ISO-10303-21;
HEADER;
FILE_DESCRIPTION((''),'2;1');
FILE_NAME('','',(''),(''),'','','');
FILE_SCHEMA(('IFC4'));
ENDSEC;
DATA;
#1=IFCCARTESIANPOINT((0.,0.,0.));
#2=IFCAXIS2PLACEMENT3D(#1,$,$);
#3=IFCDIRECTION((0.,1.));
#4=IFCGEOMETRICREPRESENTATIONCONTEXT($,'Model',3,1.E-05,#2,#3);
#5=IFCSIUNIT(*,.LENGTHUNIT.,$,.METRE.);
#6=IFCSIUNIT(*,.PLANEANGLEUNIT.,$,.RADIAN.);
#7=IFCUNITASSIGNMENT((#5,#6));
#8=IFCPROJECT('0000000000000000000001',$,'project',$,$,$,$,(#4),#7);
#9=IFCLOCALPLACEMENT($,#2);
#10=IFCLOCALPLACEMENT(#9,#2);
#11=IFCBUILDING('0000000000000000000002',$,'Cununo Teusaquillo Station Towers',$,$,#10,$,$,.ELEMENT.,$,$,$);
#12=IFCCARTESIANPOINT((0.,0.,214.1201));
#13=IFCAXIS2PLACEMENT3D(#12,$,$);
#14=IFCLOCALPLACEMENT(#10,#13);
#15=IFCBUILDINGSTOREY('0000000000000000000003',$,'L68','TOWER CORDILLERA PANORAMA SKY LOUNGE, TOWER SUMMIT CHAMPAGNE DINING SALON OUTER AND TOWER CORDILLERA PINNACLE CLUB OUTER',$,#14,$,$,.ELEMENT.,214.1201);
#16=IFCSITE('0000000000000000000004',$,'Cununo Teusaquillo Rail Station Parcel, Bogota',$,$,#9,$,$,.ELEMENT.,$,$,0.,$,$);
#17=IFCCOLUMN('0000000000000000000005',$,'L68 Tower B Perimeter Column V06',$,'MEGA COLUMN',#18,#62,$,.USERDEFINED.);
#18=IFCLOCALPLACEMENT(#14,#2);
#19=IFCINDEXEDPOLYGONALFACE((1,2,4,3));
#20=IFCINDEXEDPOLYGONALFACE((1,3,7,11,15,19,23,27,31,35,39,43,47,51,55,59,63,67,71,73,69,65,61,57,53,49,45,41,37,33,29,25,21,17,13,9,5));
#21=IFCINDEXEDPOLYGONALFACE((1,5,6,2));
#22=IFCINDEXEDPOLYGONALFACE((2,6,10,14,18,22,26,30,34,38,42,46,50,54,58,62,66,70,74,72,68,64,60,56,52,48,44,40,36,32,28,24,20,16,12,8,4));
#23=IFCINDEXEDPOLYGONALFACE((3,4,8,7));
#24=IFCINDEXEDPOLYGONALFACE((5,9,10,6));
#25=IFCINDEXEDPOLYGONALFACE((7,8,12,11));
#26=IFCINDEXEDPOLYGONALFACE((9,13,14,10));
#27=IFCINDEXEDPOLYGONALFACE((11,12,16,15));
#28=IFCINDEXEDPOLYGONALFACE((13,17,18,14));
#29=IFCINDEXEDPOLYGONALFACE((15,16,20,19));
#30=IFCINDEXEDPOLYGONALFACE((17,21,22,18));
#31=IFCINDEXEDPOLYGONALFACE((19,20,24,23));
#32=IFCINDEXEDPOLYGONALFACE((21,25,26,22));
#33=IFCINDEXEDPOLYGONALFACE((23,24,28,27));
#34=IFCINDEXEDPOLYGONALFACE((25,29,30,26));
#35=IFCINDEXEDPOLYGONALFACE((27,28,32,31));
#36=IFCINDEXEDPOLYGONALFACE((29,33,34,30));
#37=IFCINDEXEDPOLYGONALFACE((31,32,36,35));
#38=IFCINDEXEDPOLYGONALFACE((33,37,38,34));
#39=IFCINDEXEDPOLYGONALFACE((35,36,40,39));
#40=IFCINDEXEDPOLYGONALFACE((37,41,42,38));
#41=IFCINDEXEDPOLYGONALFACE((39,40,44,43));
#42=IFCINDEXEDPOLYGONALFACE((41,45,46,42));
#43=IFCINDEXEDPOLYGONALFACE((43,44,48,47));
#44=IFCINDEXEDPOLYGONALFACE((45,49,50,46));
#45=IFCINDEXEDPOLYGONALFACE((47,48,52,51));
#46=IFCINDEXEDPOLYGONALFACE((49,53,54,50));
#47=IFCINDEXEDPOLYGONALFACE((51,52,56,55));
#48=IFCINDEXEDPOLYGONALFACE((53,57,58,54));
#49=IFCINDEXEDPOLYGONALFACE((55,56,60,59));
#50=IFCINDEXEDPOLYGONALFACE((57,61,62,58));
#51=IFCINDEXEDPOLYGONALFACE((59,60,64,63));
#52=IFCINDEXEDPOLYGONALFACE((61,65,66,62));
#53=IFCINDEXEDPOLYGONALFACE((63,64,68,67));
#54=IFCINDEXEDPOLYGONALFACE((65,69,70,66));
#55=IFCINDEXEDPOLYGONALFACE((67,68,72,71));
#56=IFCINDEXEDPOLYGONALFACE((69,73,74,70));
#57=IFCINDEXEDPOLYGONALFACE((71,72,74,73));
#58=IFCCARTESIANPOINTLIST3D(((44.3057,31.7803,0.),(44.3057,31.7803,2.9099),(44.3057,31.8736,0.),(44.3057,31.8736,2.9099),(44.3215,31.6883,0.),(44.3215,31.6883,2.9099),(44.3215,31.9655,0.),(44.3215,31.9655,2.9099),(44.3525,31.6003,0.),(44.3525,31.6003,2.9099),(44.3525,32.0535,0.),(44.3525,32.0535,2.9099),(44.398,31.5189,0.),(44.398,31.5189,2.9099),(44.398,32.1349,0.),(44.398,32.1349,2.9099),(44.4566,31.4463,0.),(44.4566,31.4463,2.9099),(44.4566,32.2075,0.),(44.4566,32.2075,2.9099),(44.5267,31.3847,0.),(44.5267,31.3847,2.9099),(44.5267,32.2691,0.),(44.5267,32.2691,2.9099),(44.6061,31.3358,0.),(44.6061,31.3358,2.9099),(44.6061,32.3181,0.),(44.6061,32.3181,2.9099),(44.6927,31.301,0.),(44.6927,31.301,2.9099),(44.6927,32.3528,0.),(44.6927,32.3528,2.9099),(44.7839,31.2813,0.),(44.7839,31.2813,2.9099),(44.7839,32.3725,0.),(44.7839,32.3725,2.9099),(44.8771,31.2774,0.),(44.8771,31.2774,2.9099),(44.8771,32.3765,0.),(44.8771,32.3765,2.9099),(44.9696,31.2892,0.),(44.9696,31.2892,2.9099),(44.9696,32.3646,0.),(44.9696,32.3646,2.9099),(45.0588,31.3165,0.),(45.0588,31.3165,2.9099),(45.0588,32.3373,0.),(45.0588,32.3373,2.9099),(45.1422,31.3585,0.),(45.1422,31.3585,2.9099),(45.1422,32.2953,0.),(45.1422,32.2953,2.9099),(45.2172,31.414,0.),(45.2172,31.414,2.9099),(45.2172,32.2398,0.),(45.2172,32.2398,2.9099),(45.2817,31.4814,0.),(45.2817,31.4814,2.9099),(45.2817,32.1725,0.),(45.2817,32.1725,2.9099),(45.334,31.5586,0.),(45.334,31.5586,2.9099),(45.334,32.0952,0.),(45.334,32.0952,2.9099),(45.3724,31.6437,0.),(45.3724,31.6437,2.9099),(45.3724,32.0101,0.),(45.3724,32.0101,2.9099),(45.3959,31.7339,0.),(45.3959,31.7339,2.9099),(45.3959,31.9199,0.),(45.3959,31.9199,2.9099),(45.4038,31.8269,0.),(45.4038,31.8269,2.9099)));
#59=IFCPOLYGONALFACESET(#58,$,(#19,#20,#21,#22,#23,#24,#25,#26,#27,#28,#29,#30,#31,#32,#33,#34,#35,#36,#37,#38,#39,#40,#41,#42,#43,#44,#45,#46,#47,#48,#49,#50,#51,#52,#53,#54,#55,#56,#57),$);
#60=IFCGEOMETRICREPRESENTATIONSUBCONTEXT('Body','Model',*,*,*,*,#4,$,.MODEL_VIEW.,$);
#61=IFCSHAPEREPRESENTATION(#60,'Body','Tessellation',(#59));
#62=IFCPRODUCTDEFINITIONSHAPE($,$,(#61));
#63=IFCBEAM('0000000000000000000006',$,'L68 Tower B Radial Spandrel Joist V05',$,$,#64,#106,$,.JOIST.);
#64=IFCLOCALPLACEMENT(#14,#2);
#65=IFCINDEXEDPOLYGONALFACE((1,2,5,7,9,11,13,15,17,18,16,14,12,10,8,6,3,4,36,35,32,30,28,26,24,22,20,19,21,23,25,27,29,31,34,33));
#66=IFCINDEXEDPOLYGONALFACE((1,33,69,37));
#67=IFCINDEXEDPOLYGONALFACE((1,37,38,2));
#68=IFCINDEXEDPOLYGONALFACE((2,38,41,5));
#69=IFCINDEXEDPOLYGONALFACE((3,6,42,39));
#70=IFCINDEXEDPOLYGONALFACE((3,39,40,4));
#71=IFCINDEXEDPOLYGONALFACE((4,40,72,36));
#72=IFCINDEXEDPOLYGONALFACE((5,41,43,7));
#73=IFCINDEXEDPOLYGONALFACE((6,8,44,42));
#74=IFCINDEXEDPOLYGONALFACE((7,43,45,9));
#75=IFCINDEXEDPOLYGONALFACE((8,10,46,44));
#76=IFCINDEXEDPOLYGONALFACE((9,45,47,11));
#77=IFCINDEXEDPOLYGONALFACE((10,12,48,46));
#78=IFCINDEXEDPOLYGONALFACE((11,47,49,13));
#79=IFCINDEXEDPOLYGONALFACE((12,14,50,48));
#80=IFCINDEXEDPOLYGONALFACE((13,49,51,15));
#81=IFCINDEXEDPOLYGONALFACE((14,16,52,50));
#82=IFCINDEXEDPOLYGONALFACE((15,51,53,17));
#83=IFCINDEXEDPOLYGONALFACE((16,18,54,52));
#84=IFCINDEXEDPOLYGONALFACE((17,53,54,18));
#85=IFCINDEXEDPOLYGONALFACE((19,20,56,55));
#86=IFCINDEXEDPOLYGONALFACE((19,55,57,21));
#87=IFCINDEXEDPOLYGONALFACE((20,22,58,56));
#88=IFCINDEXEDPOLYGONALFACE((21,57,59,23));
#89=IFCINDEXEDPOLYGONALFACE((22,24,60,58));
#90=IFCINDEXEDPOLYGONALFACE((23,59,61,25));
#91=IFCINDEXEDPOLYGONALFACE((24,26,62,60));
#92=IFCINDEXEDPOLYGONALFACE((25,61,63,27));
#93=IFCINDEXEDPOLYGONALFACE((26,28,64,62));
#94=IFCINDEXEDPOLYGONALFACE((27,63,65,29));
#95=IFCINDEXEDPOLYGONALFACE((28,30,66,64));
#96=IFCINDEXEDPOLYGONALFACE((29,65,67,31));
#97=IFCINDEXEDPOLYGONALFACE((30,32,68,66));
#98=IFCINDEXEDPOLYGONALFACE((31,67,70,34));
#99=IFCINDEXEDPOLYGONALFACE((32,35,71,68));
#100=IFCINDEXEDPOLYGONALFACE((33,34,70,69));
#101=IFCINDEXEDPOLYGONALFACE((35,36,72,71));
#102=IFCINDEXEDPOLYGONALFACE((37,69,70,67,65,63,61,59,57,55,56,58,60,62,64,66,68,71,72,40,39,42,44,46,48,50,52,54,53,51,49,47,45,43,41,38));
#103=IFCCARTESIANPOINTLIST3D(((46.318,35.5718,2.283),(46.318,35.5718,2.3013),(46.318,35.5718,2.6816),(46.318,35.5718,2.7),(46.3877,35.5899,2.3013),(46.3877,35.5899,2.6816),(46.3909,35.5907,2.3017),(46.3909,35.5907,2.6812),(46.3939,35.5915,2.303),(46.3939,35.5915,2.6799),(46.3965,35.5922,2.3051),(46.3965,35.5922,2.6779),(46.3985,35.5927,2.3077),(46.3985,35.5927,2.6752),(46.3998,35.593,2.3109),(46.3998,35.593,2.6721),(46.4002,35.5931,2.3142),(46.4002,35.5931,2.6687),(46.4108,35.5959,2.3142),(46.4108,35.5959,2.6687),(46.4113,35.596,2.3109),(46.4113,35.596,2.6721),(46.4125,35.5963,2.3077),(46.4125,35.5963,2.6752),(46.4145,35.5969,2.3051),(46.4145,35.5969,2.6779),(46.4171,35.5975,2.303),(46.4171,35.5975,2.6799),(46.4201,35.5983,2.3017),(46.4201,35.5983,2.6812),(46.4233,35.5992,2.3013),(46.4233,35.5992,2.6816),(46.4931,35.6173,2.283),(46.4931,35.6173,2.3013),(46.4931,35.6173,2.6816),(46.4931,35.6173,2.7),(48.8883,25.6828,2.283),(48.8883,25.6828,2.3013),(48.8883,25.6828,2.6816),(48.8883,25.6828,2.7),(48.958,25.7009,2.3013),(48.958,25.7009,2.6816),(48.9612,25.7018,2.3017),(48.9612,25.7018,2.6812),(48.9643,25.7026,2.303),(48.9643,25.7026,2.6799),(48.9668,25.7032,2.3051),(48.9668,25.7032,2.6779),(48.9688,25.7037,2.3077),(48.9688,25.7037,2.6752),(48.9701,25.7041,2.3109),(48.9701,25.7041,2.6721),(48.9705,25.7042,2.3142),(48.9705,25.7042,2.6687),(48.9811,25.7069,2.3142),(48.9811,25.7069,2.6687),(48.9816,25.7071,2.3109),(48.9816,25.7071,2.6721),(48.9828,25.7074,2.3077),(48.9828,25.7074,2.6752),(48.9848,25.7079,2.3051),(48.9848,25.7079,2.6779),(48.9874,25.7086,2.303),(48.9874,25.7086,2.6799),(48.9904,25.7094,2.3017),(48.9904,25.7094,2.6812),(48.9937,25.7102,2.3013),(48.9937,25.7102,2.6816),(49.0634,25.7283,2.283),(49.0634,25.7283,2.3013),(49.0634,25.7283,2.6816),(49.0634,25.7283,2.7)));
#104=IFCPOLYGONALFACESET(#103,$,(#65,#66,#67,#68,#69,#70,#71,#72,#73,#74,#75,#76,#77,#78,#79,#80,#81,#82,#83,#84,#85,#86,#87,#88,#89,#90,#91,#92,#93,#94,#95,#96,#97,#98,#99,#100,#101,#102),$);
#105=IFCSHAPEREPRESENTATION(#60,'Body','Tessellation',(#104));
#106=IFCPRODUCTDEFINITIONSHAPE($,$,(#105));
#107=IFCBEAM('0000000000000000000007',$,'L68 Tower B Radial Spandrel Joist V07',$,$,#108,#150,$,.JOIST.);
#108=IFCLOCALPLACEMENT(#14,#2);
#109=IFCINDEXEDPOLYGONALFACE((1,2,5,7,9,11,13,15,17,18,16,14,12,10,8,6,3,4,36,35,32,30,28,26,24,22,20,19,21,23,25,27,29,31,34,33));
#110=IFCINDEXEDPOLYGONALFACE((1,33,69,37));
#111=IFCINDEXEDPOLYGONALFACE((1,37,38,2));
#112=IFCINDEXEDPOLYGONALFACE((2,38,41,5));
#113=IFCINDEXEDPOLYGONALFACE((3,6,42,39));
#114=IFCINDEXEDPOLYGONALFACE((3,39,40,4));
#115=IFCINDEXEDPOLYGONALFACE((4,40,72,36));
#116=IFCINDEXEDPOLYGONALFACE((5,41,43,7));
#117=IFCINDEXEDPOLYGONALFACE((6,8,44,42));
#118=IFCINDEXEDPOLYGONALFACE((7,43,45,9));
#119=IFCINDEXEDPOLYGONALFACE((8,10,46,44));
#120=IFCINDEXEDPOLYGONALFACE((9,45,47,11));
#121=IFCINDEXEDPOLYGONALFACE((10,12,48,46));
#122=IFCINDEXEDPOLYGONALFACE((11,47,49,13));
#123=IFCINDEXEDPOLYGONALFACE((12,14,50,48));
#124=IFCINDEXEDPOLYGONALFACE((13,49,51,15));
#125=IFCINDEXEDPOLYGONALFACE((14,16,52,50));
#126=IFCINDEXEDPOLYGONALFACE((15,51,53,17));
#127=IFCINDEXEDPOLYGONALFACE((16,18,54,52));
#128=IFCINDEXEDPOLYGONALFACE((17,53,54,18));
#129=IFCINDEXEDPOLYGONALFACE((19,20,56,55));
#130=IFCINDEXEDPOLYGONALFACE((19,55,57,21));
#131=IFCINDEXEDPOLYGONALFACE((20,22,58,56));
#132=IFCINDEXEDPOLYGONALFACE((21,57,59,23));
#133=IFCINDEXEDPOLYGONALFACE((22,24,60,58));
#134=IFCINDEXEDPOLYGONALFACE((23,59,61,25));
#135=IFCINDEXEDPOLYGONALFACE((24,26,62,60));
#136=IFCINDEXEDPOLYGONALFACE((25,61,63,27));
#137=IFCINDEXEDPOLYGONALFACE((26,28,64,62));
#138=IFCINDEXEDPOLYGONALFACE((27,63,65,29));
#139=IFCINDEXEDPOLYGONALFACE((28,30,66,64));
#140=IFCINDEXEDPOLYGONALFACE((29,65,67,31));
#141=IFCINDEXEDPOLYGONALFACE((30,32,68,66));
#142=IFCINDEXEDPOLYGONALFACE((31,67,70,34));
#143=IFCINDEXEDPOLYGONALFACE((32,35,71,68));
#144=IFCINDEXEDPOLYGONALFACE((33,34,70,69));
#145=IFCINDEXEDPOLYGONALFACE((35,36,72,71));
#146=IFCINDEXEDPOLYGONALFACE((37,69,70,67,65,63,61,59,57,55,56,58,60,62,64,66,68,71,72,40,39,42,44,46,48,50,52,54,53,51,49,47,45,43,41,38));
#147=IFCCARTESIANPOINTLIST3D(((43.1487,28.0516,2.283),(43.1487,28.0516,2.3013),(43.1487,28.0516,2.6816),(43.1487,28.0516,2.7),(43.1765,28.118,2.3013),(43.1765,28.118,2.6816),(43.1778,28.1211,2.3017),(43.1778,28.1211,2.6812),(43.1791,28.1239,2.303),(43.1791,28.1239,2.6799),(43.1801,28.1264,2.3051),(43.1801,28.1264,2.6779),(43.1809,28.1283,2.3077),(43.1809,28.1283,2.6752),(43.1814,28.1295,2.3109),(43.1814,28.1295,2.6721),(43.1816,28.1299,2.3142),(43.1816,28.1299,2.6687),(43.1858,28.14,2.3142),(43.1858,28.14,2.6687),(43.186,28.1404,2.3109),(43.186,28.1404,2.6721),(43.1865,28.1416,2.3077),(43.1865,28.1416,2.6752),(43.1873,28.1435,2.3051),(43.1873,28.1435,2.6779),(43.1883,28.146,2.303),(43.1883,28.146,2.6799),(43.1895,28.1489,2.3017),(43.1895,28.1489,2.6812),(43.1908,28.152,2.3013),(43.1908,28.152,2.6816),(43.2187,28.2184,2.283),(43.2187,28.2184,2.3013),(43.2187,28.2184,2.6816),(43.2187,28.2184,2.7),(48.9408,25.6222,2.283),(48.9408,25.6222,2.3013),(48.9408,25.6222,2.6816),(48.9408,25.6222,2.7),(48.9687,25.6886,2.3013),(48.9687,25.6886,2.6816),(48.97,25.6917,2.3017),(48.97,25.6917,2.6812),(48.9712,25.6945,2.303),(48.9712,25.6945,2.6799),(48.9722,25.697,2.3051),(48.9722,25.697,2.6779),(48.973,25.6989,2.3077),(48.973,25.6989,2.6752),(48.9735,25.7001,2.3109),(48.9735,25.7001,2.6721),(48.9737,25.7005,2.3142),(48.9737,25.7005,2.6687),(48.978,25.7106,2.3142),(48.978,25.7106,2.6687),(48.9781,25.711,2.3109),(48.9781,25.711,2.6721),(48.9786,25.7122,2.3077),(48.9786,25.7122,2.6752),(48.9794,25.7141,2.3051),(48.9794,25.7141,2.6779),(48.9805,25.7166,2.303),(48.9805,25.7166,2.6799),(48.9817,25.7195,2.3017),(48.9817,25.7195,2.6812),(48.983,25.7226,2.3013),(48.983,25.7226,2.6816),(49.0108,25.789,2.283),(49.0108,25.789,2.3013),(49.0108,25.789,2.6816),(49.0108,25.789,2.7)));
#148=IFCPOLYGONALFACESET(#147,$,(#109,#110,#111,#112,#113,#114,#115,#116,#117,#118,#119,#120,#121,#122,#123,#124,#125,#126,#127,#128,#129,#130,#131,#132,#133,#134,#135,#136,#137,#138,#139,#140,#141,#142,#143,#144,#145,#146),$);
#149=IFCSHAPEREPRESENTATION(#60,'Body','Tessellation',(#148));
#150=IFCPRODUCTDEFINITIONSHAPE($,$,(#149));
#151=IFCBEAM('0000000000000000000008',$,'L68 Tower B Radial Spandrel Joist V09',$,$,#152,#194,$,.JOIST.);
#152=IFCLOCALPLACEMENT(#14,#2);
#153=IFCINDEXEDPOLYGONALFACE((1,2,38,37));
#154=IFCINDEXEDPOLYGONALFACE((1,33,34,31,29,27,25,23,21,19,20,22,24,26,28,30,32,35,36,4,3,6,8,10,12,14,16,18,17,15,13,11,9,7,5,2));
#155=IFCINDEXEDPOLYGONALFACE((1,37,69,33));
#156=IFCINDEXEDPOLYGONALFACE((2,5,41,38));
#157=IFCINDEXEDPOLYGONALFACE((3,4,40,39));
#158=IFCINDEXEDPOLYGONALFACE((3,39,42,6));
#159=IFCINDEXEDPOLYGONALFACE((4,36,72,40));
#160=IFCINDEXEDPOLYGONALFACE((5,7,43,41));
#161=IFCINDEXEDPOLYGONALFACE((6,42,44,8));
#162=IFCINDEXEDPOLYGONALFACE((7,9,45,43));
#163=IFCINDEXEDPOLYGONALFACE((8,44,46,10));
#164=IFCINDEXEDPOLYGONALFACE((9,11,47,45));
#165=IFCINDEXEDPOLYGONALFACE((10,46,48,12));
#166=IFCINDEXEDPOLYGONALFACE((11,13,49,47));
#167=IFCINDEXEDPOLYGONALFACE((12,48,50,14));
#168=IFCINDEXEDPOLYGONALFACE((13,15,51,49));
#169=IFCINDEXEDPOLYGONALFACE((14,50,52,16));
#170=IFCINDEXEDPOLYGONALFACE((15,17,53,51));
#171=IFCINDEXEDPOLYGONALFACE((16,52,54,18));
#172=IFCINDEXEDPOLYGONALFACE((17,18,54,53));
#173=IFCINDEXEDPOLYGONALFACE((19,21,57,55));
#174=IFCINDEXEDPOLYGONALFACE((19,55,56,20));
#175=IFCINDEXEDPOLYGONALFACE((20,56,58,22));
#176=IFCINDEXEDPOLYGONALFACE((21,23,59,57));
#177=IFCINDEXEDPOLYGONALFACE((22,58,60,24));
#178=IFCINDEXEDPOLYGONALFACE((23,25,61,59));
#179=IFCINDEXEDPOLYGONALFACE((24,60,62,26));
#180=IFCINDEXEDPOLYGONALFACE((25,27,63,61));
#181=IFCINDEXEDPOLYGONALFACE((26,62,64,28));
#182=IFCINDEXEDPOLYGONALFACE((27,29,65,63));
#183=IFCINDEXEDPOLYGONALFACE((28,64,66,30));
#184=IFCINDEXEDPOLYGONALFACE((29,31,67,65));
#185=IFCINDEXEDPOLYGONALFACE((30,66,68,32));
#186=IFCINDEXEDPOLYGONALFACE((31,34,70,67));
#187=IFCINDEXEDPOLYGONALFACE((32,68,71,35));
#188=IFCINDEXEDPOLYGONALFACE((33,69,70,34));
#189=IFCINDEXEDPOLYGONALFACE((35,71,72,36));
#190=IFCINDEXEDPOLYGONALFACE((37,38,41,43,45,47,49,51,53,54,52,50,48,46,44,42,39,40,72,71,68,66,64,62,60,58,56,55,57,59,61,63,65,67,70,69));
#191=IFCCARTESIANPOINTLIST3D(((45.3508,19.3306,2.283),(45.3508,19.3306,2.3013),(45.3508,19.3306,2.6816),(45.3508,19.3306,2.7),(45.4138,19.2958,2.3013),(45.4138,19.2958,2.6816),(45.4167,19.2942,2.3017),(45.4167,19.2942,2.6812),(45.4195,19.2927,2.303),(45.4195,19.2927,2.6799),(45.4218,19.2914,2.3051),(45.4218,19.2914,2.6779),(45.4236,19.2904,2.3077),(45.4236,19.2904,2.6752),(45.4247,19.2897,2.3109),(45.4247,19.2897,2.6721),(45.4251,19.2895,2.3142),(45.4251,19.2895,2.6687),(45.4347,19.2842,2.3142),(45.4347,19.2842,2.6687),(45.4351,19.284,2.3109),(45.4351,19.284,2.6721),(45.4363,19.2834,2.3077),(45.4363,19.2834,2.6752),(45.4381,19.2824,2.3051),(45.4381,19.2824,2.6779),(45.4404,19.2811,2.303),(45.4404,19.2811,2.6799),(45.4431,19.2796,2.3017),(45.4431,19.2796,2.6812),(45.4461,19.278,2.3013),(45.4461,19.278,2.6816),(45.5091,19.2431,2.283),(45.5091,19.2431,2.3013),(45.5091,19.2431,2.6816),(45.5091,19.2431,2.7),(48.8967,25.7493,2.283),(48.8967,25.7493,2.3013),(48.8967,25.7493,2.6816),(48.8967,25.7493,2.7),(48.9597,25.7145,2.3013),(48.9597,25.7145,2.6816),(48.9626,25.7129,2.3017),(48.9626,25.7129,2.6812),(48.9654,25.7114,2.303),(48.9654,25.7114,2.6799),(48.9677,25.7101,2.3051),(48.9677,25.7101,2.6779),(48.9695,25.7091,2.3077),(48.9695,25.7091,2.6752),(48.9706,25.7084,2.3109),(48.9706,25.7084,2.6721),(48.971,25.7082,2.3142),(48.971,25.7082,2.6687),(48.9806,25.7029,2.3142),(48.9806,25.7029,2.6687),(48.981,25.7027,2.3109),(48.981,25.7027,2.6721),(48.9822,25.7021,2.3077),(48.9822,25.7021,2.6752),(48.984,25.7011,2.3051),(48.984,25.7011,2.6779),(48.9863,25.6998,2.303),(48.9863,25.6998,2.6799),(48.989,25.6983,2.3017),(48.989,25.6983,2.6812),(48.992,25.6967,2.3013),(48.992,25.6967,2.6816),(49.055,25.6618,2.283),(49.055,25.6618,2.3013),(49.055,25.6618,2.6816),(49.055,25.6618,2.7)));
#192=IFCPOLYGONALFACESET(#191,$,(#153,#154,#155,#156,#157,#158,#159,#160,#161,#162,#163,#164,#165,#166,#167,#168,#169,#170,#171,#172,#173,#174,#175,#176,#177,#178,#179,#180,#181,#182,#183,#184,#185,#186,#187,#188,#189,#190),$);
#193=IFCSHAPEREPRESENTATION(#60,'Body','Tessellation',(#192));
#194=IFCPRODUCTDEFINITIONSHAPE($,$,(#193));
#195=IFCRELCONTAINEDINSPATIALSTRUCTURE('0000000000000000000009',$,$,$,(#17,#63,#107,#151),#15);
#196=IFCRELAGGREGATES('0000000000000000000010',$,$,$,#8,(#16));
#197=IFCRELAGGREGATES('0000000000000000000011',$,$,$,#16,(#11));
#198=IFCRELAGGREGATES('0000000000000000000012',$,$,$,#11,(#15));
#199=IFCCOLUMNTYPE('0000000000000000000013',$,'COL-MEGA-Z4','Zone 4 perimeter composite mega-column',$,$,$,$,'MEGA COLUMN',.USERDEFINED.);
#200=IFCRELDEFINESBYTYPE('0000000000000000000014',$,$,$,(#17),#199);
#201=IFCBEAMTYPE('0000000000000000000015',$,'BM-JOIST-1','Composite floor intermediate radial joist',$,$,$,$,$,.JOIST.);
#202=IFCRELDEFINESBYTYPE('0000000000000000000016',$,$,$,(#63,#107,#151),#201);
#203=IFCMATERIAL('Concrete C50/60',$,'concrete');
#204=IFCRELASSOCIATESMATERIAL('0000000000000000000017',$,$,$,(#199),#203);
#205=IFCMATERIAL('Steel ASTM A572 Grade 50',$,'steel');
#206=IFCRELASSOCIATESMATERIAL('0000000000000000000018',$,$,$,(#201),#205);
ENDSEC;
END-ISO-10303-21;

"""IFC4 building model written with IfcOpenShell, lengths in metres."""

from ifc_helpers import new_model, si_unit, direction, frame, origin, origin_2d, place, context, subcontext, project, spatial, circle, i_section, extrude, material, material_profile, profile_set, type_object, element, save


model = new_model("IFC4")

# Units and contexts
model_context = context("Model", 3, precision=1e-05, world=origin(), true_north=direction((0.0, 1.0)))
body_context = subcontext(model_context, "Body", "Model", "MODEL_VIEW")
ifc_project = project(units=[si_unit("LENGTHUNIT", "METRE"), si_unit("PLANEANGLEUNIT", "RADIAN")], contexts=[model_context])

# Site, building, storey
site_placement = place(None, origin())
site = spatial("IfcSite", under=ifc_project, at=site_placement, Name="Cununo Teusaquillo Rail Station Parcel, Bogota", CompositionType="ELEMENT", RefElevation=0.0)
building_placement = place(site_placement, origin())
building = spatial("IfcBuilding", under=site, at=building_placement, Name="Cununo Teusaquillo Station Towers", CompositionType="ELEMENT")
storey_placement = place(building_placement, frame((0.0, 0.0, 214.1201)))
storey = spatial("IfcBuildingStorey", under=building, at=storey_placement, Name="L68", Description="TOWER CORDILLERA PANORAMA SKY LOUNGE, TOWER SUMMIT CHAMPAGNE DINING SALON OUTER AND TOWER CORDILLERA PINNACLE CLUB OUTER", CompositionType="ELEMENT", Elevation=214.1201)

# Column
ifc_material_1 = material(Name="Concrete C50/60", Category="concrete")
ifc_material_profile_1 = material_profile(ifc_material_1, circle(Radius=0.55, at=origin_2d()), Name="RC-CIRC-1100")
ifc_profile_set_1 = profile_set([ifc_material_profile_1], Name="Concrete C50/60")
column_type = type_object("IfcColumnType", Name="COL-MEGA-Z4", Description="Zone 4 perimeter composite mega-column", ElementType="MEGA COLUMN", PredefinedType="USERDEFINED", material=ifc_profile_set_1)
column_placement = place(storey_placement, frame((44.8538, 31.8269, 0.0), z_axis=(0.0, 0.0, 1.0), x_axis=(1.0, 0.0, 0.0)))
element("IfcColumn", 1, at=column_placement, inside=storey, type_object=column_type, Name="L68 Tower B Perimeter Column V06", ObjectType="MEGA COLUMN", PredefinedType="USERDEFINED", context=body_context, shape_type="SweptSolid", body=[
    extrude(circle(Radius=0.55, at=origin_2d()), origin(), (0.0, 0.0, 1.0), 2.9099),
])

# Beams
ifc_material_2 = material(Name="Steel ASTM A572 Grade 50", Category="steel")
ifc_material_profile_2 = material_profile(ifc_material_2, i_section(OverallWidth=0.1809, OverallDepth=0.417, WebThickness=0.011, FlangeThickness=0.0183, FilletRadius=0.0129, at=origin_2d()), Name="W16X57")
ifc_profile_set_2 = profile_set([ifc_material_profile_2], Name="Steel ASTM A572 Grade 50")
beam_type_1 = type_object("IfcBeamType", Name="BM-JOIST-1", Description="Composite floor intermediate radial joist", PredefinedType="JOIST", material=ifc_profile_set_2)
beam_1_placement = place(storey_placement, frame((48.9758, 25.7056, 2.4915), z_axis=(-0.25156, 0.967842, 0.0), x_axis=(-0.967842, -0.25156, 0.0)))
element("IfcBeam", 2, at=beam_1_placement, inside=storey, type_object=beam_type_1, Name="L68 Tower B Radial Spandrel Joist V05", PredefinedType="JOIST", context=body_context, shape_type="SweptSolid", body=[
    extrude(i_section(OverallWidth=0.1809, OverallDepth=0.417, WebThickness=0.011, FlangeThickness=0.0183, FilletRadius=0.0129, at=origin_2d()), origin(), (0.0, 0.0, 1.0), 10.2175),
])
beam_2_placement = place(storey_placement, frame((48.9758, 25.7056, 2.4915), z_axis=(-0.922169, 0.386786, 0.0), x_axis=(-0.386786, -0.922169, 0.0)))
element("IfcBeam", 3, at=beam_2_placement, inside=storey, type_object=beam_type_1, Name="L68 Tower B Radial Spandrel Joist V07", PredefinedType="JOIST", context=body_context, shape_type="SweptSolid", body=[
    extrude(i_section(OverallWidth=0.1809, OverallDepth=0.417, WebThickness=0.011, FlangeThickness=0.0183, FilletRadius=0.0129, at=origin_2d()), origin(), (0.0, 0.0, 1.0), 6.281),
])
beam_3_placement = place(storey_placement, frame((48.9758, 25.7056, 2.4915), z_axis=(-0.483553, -0.875315, 0.0), x_axis=(0.875315, -0.483553, 0.0)))
element("IfcBeam", 4, at=beam_3_placement, inside=storey, type_object=beam_type_1, Name="L68 Tower B Radial Spandrel Joist V09", PredefinedType="JOIST", context=body_context, shape_type="SweptSolid", body=[
    extrude(i_section(OverallWidth=0.1809, OverallDepth=0.417, WebThickness=0.011, FlangeThickness=0.0183, FilletRadius=0.0129, at=origin_2d()), origin(), (0.0, 0.0, 1.0), 7.333),
])

save(model, "model.ifc")
